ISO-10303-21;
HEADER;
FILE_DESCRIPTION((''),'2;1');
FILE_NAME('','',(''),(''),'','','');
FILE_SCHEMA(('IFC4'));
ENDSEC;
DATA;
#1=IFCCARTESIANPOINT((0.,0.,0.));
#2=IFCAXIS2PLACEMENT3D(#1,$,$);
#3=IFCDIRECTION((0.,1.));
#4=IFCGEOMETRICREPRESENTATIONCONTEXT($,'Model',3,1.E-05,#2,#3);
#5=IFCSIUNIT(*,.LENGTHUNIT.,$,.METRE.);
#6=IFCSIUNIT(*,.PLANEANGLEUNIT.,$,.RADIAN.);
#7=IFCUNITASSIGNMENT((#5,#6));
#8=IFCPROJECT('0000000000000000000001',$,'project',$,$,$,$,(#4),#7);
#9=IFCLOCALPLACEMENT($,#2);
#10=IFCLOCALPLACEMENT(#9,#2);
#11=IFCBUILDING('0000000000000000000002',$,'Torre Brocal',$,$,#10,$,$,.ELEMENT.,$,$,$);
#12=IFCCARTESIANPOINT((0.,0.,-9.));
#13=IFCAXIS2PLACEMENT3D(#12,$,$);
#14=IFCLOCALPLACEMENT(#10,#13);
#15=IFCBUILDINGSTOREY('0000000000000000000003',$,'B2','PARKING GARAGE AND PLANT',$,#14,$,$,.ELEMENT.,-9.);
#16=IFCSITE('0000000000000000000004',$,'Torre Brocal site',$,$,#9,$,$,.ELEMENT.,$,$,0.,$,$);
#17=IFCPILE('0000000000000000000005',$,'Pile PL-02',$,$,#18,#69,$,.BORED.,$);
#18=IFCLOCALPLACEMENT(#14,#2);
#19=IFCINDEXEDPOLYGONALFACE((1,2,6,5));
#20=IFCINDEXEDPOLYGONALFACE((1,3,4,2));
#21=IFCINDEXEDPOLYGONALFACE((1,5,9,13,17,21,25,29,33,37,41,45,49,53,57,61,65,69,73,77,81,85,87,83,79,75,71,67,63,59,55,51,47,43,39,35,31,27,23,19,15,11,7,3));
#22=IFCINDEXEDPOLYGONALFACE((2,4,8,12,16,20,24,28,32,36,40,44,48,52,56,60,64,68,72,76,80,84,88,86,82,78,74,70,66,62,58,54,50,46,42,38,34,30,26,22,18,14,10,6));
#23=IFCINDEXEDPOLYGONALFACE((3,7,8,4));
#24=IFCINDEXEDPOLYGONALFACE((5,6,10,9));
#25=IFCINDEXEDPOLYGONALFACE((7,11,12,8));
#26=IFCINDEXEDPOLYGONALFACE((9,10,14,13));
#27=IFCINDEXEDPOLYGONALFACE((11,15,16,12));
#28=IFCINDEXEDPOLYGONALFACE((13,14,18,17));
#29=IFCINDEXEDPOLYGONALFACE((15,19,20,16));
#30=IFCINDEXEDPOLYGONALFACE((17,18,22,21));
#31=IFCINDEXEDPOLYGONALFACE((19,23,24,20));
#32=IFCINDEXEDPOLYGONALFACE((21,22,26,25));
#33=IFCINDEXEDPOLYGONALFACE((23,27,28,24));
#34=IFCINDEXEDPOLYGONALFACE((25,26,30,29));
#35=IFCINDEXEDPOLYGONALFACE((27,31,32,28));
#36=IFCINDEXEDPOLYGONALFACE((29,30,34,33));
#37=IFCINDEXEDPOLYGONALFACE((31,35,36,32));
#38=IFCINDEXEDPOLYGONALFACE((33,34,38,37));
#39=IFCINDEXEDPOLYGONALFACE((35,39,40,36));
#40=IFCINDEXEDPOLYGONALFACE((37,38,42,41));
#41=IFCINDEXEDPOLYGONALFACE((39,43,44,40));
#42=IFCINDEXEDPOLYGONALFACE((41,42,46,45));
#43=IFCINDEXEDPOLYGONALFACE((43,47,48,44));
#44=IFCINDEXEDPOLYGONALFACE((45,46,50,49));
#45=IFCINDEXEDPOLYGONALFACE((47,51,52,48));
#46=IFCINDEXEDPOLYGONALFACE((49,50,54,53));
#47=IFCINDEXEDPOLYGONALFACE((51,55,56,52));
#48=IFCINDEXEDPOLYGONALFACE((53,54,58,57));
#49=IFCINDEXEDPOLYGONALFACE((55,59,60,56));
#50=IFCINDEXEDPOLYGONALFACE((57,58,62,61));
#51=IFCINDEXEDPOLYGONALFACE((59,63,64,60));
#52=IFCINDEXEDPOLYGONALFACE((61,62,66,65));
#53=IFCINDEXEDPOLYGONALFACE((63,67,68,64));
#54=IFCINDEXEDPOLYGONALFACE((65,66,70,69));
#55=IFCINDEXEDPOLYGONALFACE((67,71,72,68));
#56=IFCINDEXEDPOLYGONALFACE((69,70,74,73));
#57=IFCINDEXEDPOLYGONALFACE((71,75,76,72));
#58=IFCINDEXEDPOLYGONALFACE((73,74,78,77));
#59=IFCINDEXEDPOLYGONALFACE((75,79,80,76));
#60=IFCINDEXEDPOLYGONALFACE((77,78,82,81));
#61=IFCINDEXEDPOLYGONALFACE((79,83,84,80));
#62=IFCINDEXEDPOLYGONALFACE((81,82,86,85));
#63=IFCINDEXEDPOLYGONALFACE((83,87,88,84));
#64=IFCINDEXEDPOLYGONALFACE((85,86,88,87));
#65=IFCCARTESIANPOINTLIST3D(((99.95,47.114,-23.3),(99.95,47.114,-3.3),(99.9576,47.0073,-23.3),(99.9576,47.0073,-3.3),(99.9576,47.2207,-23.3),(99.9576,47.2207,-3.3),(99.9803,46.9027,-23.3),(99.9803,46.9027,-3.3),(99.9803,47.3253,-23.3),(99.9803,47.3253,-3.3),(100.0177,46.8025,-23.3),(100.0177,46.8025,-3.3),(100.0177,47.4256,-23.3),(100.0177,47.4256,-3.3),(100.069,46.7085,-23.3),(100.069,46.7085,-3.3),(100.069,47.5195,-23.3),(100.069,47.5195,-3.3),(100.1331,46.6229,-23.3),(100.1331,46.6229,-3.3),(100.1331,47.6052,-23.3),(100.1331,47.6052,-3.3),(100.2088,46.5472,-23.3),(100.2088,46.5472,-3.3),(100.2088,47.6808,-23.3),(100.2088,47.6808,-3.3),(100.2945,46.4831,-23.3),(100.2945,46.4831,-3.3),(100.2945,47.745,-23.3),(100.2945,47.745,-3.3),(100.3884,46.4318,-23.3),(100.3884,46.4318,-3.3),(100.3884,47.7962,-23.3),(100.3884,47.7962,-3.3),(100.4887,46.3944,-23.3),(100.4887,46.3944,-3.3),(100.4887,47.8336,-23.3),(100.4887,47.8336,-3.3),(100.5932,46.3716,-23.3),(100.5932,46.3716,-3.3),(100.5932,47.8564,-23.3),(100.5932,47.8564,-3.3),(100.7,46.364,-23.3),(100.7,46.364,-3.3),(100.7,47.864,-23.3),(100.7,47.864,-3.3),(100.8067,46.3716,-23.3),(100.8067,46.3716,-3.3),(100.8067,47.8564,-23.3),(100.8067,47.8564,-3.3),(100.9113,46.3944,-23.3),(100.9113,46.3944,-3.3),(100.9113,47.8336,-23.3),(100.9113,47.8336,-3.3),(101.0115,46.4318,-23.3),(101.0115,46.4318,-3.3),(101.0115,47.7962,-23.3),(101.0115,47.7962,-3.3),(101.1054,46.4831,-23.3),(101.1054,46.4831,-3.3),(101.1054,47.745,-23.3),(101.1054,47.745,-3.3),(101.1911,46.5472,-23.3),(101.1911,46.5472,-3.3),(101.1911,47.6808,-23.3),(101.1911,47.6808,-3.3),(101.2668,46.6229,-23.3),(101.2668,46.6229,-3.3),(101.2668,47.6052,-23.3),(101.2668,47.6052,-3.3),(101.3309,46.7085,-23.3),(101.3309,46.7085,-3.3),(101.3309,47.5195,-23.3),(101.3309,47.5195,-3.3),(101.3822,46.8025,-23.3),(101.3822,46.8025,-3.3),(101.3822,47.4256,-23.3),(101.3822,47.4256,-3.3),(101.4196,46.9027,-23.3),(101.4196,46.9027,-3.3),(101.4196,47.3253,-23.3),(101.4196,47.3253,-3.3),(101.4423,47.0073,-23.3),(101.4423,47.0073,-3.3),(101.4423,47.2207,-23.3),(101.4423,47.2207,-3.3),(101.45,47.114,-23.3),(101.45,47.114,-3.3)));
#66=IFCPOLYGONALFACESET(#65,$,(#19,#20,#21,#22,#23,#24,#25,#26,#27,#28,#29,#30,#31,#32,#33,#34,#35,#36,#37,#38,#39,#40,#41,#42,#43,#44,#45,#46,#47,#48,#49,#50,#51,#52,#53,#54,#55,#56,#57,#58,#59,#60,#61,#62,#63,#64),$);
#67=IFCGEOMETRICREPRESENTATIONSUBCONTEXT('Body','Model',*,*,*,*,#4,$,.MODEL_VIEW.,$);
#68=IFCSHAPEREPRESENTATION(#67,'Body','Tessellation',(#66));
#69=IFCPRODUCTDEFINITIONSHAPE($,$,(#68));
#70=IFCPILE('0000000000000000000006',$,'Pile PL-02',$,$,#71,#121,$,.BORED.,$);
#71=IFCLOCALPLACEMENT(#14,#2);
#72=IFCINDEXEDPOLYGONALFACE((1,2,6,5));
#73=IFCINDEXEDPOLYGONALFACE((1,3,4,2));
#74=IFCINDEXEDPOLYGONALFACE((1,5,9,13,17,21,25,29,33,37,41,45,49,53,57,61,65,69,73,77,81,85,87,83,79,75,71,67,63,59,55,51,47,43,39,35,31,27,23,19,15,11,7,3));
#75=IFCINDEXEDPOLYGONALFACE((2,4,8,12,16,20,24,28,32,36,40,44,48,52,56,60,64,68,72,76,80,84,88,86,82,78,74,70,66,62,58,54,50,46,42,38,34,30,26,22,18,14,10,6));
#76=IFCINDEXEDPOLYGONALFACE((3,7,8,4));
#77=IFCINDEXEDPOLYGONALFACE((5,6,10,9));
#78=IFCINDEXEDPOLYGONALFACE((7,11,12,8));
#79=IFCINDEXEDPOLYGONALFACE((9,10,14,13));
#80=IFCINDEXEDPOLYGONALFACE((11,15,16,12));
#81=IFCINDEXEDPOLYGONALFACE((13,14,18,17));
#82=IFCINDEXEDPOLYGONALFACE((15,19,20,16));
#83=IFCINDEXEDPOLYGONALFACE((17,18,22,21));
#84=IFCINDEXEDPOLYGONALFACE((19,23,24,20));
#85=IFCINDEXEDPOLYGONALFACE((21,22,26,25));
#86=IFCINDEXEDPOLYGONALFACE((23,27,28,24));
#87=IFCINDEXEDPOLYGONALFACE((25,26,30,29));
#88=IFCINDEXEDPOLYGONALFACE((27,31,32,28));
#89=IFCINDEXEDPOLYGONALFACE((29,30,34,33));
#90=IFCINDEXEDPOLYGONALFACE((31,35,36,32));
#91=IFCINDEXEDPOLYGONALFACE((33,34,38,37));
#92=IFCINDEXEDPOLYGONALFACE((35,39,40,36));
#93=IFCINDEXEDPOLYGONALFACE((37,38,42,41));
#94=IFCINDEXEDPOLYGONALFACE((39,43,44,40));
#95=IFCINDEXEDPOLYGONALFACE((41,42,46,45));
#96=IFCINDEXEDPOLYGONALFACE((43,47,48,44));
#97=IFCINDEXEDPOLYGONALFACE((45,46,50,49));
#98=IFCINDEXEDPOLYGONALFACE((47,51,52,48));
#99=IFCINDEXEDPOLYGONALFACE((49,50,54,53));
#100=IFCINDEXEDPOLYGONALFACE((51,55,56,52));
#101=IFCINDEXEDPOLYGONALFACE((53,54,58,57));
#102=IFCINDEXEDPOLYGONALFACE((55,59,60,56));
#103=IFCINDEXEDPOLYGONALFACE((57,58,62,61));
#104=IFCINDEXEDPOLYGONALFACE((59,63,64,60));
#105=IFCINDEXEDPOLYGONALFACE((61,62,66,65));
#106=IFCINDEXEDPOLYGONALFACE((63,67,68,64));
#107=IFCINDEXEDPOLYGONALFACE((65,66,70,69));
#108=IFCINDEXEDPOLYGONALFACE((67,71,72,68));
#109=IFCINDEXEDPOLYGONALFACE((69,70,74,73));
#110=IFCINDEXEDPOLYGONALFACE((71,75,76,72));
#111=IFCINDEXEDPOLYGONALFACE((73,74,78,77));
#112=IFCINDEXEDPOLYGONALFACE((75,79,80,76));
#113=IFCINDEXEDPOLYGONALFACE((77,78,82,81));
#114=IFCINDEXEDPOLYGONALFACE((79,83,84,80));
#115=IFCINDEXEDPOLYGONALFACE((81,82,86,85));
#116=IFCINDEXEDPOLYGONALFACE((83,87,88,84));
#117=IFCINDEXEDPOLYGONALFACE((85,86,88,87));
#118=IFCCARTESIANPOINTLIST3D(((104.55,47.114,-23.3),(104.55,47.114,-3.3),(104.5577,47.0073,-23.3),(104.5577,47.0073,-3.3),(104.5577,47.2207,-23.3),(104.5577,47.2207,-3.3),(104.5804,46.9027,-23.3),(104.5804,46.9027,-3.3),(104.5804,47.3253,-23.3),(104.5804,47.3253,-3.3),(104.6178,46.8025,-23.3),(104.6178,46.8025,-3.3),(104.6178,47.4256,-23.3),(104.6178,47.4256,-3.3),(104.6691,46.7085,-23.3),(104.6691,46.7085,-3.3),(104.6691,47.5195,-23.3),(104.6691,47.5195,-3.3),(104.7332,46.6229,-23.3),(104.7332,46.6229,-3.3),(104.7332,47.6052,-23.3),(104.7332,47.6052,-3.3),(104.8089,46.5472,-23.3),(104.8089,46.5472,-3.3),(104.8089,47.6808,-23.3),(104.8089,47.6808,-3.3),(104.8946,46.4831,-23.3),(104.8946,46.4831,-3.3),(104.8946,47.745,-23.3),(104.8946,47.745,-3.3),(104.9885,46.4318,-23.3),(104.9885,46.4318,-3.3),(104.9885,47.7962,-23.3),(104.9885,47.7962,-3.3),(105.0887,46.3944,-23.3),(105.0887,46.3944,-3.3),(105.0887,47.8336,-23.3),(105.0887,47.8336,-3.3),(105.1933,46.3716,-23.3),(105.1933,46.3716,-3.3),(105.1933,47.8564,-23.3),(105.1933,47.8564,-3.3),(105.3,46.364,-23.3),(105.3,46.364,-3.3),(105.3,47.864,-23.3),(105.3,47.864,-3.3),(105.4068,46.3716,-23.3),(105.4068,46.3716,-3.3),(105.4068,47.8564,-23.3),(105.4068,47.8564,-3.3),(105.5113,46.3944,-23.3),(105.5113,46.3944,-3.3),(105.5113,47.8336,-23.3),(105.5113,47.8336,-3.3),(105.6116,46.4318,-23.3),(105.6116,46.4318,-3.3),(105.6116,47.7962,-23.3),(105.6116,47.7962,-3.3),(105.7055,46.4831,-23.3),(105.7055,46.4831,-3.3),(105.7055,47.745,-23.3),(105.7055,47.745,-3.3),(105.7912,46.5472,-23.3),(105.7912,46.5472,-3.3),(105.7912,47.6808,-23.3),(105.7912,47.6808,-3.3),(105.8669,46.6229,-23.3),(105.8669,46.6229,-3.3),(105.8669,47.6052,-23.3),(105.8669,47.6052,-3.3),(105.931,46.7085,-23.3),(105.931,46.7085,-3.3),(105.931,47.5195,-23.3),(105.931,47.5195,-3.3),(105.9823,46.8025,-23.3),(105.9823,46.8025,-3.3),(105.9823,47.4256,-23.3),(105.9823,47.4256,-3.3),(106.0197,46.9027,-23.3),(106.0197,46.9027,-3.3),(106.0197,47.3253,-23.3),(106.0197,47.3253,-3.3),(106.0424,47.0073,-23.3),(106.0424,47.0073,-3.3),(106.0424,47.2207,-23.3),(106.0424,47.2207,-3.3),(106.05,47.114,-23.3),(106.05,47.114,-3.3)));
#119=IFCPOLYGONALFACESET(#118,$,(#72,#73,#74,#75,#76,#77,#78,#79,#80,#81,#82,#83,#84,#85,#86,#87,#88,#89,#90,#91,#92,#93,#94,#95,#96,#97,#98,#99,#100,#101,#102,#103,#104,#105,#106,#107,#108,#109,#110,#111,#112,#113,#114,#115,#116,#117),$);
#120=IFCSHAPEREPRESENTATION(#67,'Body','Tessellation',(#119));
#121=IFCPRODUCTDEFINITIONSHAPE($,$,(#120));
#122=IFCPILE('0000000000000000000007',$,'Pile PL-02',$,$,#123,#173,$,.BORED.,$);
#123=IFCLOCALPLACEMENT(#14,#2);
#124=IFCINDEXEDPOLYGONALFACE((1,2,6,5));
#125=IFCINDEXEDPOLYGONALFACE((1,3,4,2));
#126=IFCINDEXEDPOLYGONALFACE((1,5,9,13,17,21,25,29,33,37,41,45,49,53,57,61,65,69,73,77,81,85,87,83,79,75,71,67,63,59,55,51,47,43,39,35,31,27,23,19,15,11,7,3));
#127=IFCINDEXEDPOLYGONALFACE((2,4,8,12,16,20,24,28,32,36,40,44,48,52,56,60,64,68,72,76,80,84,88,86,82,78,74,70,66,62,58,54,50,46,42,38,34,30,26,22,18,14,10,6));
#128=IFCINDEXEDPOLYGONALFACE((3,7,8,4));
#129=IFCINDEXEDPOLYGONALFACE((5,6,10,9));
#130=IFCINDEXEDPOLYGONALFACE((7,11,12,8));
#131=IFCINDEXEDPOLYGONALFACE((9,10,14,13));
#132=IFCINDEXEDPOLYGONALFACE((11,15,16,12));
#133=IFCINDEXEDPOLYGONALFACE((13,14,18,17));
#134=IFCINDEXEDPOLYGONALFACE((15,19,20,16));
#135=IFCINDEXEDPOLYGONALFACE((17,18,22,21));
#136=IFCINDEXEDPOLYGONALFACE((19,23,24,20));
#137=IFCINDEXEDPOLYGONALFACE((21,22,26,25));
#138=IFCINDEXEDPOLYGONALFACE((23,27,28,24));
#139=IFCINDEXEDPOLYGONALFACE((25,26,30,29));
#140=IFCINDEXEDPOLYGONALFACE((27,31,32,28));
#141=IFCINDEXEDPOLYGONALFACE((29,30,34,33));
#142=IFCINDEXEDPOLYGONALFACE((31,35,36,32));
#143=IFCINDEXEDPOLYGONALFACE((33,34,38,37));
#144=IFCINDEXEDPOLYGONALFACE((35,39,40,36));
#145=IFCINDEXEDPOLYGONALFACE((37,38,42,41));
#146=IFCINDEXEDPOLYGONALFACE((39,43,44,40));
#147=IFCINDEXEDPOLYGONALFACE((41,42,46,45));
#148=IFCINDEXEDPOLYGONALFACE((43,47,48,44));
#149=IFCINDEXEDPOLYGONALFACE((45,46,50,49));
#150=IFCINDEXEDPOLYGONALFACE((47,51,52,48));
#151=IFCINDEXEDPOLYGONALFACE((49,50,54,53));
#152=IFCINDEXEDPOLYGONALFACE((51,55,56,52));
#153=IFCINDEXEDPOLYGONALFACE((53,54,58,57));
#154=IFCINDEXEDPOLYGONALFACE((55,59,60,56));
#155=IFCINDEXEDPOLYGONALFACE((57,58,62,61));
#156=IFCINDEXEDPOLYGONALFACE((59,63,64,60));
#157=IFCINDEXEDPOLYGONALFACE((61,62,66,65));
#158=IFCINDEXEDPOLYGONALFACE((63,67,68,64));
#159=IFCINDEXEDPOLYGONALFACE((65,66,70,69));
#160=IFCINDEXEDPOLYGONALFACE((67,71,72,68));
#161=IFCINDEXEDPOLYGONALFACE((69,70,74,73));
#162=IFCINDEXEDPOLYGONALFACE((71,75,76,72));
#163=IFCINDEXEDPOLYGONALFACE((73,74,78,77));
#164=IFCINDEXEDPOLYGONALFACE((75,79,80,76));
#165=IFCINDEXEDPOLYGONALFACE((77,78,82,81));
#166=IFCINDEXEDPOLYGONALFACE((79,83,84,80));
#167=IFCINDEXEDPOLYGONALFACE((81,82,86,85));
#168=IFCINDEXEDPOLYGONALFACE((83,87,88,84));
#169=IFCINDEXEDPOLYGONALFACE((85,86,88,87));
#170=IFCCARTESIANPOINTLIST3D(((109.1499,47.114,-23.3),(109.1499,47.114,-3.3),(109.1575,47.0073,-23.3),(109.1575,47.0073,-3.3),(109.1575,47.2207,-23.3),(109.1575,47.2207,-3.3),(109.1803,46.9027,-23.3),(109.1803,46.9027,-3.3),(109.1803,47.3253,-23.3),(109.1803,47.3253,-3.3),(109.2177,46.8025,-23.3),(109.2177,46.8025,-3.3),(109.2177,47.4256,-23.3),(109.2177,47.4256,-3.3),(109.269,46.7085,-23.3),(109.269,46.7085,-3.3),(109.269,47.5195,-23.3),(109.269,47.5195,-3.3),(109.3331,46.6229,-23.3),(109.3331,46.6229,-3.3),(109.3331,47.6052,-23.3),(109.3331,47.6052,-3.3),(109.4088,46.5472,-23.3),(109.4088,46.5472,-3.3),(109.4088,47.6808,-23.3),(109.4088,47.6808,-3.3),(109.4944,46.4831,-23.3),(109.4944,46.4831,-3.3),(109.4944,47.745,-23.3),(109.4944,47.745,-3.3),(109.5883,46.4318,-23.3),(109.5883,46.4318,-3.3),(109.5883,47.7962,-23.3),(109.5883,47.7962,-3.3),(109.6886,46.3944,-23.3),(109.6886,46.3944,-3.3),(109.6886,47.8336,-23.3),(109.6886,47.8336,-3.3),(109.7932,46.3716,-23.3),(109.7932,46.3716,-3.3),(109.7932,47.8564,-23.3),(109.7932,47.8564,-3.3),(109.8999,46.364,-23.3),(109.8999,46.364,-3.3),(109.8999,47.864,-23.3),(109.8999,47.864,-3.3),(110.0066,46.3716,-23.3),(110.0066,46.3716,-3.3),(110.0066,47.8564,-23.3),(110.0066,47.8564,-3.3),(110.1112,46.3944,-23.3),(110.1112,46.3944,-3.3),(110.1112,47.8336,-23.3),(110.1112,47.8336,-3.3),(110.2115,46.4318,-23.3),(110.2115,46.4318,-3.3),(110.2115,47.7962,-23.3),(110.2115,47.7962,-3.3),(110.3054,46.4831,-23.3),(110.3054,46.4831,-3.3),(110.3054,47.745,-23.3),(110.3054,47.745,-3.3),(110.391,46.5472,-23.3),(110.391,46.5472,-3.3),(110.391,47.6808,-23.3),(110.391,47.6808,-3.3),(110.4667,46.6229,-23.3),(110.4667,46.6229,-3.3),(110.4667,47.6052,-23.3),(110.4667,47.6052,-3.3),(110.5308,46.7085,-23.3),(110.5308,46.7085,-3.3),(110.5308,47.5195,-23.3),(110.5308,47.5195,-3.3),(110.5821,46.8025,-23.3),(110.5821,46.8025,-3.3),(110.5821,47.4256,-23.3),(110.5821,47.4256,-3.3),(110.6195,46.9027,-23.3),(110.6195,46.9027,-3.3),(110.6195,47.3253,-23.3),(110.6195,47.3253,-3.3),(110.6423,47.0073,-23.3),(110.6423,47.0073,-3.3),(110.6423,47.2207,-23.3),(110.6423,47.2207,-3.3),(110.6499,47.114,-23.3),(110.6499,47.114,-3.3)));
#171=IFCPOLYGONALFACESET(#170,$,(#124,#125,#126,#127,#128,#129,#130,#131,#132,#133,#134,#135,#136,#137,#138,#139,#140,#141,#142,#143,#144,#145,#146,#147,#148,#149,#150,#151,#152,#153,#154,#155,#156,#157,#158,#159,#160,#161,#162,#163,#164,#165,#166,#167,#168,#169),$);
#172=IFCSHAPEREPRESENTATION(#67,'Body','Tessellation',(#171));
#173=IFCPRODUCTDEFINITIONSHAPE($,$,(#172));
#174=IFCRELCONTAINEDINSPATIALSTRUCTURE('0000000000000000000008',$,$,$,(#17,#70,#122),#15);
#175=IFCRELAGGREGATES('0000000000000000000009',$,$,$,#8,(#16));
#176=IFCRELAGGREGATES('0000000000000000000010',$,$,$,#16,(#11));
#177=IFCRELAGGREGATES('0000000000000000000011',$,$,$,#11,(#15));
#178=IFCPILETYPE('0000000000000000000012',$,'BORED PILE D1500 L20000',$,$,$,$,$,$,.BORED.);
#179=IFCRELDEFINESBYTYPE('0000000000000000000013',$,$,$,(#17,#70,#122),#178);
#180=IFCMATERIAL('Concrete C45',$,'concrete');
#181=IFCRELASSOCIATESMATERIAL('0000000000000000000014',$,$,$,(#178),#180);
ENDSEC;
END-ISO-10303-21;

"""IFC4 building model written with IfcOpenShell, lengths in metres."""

from ifc_helpers import new_model, si_unit, direction, frame, origin, origin_2d, place, context, subcontext, project, spatial, circle, extrude, material, material_profile, profile_set, type_object, element, save


model = new_model("IFC4")

# Units and contexts
model_context = context("Model", 3, precision=1e-05, world=origin(), true_north=direction((0.0, 1.0)))
body_context = subcontext(model_context, "Body", "Model", "MODEL_VIEW")
ifc_project = project(units=[si_unit("LENGTHUNIT", "METRE"), si_unit("PLANEANGLEUNIT", "RADIAN")], contexts=[model_context])

# Site, building, storey
site_placement = place(None, origin())
site = spatial("IfcSite", under=ifc_project, at=site_placement, Name="Torre Brocal site", CompositionType="ELEMENT", RefElevation=0.0)
building_placement = place(site_placement, origin())
building = spatial("IfcBuilding", under=site, at=building_placement, Name="Torre Brocal", CompositionType="ELEMENT")
storey_placement = place(building_placement, frame((0.0, 0.0, -9.0)))
storey = spatial("IfcBuildingStorey", under=building, at=storey_placement, Name="B2", Description="PARKING GARAGE AND PLANT", CompositionType="ELEMENT", Elevation=-9.0)

# Piles
ifc_material_1 = material(Name="Concrete C45", Category="concrete")
ifc_material_profile_1 = material_profile(ifc_material_1, circle(Radius=0.75, at=origin_2d()), Name="BORED PILE D1500")
ifc_profile_set_1 = profile_set([ifc_material_profile_1], Name="Concrete C45")
pile_type_1 = type_object("IfcPileType", Name="BORED PILE D1500 L20000", PredefinedType="BORED", material=ifc_profile_set_1)
for number, where, z_axis, x_axis, name in (
    (1, (100.7, 47.114, -3.3), (0.0, 0.0, -1.0), (1.0, 0.0, 0.0), "Pile PL-02"),
    (2, (105.3, 47.114, -3.3), (0.0, 0.0, -1.0), (1.0, 0.0, 0.0), "Pile PL-02"),
    (3, (109.8999, 47.114, -3.3), (0.0, 0.0, -1.0), (1.0, 0.0, 0.0), "Pile PL-02"),
):
    element("IfcPile", number, at=place(storey_placement, frame(where, z_axis=z_axis, x_axis=x_axis)), inside=storey, type_object=pile_type_1, Name=name, PredefinedType="BORED", context=body_context, shape_type="SweptSolid", body=[
        extrude(circle(Radius=0.75, at=origin_2d()), origin(), (0.0, 0.0, 1.0), 20.0),
    ])

save(model, "model.ifc")
